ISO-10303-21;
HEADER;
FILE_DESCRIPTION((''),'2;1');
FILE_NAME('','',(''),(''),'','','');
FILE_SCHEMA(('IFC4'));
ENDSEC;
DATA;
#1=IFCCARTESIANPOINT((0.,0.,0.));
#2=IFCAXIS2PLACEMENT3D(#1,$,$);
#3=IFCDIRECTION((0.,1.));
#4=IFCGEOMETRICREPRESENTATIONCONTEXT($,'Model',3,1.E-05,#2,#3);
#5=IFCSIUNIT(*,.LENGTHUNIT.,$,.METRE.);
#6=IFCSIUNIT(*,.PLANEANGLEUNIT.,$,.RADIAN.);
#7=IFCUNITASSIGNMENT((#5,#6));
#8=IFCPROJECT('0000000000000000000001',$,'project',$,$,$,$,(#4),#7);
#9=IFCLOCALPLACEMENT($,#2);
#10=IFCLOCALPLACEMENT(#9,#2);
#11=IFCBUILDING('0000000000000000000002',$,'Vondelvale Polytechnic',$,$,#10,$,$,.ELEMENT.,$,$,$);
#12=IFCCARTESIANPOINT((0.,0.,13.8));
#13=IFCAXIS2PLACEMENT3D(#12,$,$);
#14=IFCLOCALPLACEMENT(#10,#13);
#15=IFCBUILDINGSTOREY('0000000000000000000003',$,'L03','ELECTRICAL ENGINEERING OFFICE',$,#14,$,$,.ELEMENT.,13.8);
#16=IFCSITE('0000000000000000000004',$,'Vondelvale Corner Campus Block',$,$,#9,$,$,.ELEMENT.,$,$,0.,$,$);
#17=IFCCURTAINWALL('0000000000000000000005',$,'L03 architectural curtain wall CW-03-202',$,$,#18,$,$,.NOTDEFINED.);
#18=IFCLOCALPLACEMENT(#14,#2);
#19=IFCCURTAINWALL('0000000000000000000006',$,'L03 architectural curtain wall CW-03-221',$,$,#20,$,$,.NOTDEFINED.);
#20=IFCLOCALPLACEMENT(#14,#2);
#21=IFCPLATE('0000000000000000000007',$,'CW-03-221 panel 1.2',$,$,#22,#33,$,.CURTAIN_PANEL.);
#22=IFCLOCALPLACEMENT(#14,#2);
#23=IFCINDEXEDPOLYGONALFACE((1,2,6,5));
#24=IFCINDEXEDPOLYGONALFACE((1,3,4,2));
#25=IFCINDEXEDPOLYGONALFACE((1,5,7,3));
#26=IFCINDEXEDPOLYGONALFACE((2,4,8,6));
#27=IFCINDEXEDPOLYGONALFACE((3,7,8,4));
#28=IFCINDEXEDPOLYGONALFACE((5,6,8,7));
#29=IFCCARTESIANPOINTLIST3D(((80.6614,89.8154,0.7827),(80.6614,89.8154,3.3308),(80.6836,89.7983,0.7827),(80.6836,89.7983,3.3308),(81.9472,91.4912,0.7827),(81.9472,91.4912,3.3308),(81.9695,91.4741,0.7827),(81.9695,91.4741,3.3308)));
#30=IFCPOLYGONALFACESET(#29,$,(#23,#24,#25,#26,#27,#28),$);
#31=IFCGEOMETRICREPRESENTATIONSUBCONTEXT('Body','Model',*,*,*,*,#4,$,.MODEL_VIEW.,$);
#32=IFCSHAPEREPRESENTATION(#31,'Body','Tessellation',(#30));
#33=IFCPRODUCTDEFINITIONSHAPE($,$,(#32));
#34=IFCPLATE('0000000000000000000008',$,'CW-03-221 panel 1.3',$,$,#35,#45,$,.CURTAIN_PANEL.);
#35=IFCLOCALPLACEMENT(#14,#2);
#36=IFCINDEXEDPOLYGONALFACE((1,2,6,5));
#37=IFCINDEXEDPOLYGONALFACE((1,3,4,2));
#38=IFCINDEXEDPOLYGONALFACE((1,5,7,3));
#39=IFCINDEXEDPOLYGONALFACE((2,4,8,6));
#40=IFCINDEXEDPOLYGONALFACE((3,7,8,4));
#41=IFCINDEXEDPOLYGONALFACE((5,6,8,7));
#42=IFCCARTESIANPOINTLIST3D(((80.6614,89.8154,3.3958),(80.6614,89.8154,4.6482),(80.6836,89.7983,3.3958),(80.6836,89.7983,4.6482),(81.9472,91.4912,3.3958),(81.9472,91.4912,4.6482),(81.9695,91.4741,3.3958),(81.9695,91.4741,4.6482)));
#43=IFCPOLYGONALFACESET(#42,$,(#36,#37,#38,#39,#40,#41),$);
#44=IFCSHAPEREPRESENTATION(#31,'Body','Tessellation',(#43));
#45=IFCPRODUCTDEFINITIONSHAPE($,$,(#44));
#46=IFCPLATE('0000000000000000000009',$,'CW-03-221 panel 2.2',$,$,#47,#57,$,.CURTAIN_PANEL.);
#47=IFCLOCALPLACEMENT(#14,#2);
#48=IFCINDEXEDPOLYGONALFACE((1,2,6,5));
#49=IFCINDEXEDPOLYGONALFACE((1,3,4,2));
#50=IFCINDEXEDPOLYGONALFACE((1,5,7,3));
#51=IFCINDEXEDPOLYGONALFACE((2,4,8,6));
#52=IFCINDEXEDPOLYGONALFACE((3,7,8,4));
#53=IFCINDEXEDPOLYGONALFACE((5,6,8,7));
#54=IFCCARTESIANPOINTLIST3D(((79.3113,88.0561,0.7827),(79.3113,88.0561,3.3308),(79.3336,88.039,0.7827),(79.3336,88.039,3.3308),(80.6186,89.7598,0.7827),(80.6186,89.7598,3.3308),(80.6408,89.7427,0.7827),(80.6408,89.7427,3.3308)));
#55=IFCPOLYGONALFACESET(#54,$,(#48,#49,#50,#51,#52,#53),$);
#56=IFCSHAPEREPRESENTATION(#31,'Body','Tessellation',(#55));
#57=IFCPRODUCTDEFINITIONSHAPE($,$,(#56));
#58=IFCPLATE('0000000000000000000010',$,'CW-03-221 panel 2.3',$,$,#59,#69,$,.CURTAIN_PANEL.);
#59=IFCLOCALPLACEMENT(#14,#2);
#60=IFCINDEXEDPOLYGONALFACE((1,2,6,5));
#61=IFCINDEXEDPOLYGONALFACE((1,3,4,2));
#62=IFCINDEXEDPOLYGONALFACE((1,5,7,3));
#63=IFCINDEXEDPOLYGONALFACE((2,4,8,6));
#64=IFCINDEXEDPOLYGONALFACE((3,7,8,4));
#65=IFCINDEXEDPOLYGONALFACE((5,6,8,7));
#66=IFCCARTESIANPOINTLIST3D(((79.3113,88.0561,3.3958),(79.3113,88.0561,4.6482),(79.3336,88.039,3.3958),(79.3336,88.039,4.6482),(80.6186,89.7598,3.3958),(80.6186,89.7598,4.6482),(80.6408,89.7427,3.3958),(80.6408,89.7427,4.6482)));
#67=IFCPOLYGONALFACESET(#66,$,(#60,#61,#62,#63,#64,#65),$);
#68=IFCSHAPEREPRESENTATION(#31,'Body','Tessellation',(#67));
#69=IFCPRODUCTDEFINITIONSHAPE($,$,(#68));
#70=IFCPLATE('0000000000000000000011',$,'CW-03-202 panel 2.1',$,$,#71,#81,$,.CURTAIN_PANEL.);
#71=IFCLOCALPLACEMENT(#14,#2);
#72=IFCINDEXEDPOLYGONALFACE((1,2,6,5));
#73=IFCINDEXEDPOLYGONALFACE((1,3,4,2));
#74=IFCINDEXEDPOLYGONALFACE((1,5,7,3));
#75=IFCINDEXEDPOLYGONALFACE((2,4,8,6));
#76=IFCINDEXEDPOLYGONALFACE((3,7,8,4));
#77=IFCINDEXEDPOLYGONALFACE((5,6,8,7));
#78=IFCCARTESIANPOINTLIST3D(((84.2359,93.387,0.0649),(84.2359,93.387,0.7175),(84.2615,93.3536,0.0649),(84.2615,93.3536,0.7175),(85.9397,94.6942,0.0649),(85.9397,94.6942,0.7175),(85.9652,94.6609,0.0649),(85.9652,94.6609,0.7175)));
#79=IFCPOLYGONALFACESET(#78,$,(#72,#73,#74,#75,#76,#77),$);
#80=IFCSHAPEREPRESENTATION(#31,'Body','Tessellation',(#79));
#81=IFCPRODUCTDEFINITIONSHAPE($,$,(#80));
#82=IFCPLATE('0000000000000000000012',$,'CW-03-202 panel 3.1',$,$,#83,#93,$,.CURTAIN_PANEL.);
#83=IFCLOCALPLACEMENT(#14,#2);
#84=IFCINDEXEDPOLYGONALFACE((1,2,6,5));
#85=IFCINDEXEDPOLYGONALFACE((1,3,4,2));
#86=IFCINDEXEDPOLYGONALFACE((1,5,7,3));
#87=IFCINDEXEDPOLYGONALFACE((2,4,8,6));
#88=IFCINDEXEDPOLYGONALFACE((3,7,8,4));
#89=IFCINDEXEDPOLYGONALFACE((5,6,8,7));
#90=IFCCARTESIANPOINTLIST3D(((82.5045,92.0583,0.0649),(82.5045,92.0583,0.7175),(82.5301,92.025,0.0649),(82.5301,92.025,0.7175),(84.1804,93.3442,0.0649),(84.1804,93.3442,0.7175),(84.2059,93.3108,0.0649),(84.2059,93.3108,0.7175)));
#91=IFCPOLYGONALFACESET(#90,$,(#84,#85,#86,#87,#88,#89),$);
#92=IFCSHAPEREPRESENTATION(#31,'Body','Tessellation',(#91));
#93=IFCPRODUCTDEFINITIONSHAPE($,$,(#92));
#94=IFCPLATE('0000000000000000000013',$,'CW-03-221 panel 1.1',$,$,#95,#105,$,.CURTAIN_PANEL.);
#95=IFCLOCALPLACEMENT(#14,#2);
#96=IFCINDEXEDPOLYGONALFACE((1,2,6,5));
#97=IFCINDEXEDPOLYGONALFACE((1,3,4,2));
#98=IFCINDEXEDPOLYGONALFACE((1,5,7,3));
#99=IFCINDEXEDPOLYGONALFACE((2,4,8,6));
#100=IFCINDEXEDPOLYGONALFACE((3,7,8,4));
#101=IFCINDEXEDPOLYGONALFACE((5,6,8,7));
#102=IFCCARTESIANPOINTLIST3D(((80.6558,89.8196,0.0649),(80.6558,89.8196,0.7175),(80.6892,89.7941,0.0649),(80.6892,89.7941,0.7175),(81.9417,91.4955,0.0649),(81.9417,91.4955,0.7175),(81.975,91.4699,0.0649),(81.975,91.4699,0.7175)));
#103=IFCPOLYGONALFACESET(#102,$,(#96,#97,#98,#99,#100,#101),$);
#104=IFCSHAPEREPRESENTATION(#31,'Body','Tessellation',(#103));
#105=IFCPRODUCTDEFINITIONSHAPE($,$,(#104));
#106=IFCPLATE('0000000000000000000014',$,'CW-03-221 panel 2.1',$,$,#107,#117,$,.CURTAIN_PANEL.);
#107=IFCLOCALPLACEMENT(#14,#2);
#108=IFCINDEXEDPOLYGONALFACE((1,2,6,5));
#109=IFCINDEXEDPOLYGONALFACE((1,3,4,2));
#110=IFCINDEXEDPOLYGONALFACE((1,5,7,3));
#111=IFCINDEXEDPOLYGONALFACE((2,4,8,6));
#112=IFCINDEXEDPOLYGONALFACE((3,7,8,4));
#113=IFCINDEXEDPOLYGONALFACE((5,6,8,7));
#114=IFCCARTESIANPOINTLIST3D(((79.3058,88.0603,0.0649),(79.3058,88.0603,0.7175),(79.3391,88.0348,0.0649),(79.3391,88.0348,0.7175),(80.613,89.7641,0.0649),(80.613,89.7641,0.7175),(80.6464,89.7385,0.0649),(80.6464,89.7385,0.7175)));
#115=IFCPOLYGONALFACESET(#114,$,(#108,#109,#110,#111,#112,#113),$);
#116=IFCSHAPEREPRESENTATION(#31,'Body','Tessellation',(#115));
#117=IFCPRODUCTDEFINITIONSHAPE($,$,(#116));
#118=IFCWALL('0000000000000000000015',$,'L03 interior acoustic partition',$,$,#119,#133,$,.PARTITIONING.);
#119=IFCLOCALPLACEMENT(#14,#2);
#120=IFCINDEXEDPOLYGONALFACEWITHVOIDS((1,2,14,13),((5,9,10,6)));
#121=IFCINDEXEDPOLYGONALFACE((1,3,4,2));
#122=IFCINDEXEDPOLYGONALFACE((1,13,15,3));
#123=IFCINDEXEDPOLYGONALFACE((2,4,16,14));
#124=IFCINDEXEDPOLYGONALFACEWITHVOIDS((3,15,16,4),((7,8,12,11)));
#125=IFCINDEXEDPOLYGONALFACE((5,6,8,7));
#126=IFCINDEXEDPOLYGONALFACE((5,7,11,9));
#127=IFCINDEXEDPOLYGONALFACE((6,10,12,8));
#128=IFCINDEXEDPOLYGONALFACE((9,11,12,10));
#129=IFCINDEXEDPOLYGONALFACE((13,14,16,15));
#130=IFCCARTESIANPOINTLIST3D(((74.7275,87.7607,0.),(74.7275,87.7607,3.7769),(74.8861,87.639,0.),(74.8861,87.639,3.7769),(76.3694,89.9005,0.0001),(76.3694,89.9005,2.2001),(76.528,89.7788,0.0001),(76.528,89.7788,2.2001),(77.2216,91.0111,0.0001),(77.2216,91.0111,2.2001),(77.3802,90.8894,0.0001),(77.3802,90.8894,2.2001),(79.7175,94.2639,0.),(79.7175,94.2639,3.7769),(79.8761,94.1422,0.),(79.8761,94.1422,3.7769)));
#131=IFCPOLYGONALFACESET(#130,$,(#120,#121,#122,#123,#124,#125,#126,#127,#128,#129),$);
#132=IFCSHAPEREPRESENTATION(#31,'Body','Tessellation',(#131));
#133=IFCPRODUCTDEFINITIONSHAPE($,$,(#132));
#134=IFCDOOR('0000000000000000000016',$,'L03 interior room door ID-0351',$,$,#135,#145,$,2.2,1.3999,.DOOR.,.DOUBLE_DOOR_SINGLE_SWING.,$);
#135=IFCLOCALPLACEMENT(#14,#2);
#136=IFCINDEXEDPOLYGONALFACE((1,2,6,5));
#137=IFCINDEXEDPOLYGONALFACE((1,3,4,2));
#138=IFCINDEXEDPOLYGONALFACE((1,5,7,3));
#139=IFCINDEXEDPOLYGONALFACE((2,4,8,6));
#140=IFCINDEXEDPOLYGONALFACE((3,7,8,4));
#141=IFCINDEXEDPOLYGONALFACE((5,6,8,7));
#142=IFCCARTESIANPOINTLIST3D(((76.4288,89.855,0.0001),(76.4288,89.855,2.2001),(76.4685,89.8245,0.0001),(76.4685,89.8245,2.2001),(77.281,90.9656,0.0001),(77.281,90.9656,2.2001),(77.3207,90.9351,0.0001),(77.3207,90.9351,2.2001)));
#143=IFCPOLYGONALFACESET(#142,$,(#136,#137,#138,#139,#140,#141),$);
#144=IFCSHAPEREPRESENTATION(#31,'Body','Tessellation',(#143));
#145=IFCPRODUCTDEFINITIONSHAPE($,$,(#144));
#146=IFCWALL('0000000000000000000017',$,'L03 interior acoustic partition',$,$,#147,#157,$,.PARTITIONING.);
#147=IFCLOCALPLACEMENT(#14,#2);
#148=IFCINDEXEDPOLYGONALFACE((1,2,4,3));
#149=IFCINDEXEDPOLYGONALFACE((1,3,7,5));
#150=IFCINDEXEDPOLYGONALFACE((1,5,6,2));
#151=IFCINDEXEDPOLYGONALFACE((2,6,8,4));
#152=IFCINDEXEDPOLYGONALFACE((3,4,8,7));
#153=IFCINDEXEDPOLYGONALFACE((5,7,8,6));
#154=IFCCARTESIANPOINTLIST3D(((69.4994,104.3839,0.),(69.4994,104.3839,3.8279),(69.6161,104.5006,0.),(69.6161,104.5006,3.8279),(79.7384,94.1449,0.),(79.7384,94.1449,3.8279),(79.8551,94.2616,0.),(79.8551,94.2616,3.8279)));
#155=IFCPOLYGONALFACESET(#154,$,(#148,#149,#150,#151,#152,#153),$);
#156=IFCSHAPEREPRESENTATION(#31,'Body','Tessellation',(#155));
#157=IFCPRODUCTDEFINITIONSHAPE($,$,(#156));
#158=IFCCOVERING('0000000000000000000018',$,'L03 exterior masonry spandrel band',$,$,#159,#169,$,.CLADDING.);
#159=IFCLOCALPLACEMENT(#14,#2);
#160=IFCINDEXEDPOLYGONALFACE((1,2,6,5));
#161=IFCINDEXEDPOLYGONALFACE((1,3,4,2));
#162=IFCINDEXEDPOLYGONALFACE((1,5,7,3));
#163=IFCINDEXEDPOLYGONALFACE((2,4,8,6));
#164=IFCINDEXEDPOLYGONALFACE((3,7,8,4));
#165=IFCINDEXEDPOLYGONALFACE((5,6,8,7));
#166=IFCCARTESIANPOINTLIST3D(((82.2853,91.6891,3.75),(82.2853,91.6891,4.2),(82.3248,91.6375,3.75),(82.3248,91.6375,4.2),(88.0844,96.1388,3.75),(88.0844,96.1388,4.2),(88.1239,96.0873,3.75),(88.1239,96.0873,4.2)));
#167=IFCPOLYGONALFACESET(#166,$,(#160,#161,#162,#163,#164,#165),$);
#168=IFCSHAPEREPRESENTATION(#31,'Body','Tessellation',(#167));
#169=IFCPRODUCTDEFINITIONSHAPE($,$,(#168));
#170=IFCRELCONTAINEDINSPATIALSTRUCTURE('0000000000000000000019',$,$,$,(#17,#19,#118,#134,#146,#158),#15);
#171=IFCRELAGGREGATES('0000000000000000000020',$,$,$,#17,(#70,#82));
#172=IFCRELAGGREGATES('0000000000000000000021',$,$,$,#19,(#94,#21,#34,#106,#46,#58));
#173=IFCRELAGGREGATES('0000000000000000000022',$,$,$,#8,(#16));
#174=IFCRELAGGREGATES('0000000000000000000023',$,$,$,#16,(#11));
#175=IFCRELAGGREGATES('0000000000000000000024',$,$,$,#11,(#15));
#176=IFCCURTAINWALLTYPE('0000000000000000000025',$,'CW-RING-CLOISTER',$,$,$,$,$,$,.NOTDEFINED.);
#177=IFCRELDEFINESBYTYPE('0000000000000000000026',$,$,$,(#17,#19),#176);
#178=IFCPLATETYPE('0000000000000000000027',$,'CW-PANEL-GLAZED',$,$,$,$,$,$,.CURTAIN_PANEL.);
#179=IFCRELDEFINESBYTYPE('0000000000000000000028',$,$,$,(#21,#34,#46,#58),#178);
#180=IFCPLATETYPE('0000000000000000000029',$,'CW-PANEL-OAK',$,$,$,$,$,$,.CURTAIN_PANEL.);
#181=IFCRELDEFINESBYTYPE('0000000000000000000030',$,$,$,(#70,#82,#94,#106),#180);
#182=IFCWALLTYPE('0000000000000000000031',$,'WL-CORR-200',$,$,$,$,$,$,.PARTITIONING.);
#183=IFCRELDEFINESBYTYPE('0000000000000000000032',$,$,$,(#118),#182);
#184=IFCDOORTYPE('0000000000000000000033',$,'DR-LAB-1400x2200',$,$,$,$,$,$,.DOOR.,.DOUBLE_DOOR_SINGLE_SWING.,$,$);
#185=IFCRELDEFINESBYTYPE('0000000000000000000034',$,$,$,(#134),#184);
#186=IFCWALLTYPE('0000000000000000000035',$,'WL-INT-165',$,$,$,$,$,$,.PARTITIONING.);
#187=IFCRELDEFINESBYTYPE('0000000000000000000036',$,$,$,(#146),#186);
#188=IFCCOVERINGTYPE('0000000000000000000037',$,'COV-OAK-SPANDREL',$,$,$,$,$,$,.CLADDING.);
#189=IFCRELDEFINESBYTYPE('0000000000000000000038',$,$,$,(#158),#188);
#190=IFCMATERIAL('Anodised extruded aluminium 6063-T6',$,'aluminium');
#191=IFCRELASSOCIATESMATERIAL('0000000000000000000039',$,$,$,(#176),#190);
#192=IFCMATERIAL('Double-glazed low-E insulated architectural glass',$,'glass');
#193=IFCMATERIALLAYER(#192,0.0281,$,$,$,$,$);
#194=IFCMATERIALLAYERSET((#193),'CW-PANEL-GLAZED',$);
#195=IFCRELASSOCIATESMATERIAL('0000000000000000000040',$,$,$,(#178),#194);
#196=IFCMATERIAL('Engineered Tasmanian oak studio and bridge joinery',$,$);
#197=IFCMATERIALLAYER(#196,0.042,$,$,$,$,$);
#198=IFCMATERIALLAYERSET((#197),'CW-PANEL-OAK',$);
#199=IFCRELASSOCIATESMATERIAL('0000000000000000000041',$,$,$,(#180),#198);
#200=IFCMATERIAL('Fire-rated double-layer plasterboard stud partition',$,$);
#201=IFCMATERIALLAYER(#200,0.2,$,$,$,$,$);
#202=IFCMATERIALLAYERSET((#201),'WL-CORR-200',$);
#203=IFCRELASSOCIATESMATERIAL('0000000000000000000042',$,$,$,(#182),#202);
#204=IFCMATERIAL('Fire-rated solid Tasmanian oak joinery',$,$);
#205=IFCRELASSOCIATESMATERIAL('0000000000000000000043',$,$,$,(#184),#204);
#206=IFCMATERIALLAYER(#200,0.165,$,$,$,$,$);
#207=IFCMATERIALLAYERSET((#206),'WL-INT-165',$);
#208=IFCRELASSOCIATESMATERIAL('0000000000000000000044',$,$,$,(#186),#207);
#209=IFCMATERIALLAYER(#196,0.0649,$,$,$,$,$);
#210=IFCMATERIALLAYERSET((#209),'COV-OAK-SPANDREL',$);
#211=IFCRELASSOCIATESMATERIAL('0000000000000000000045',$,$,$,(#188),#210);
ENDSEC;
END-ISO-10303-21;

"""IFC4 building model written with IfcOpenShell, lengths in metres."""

from ifc_helpers import new_model, si_unit, direction, frame, frame_2d, origin, origin_2d, place, context, subcontext, project, spatial, rectangle, extrude, material, layer, layer_set, type_object, element, fill, aggregate, save


model = new_model("IFC4")

# Units and contexts
model_context = context("Model", 3, precision=1e-05, world=origin(), true_north=direction((0.0, 1.0)))
body_context = subcontext(model_context, "Body", "Model", "MODEL_VIEW")
ifc_project = project(units=[si_unit("LENGTHUNIT", "METRE"), si_unit("PLANEANGLEUNIT", "RADIAN")], contexts=[model_context])

# Site, building, storey
site_placement = place(None, origin())
site = spatial("IfcSite", under=ifc_project, at=site_placement, Name="Vondelvale Corner Campus Block", CompositionType="ELEMENT", RefElevation=0.0)
building_placement = place(site_placement, origin())
building = spatial("IfcBuilding", under=site, at=building_placement, Name="Vondelvale Polytechnic", CompositionType="ELEMENT")
storey_placement = place(building_placement, frame((0.0, 0.0, 13.8)))
storey = spatial("IfcBuildingStorey", under=building, at=storey_placement, Name="L03", Description="ELECTRICAL ENGINEERING OFFICE", CompositionType="ELEMENT", Elevation=13.8)

# Curtain walls
ifc_material_1 = material(Name="Anodised extruded aluminium 6063-T6", Category="aluminium")
curtain_wall_type = type_object("IfcCurtainWallType", Name="CW-RING-CLOISTER", PredefinedType="NOTDEFINED", material=ifc_material_1)
curtain_wall_1_placement = place(storey_placement, origin())
curtain_wall_1 = element("IfcCurtainWall", 1, at=curtain_wall_1_placement, inside=storey, type_object=curtain_wall_type, Name="L03 architectural curtain wall CW-03-202", PredefinedType="NOTDEFINED")
curtain_wall_2_placement = place(storey_placement, origin())
curtain_wall_2 = element("IfcCurtainWall", 2, at=curtain_wall_2_placement, inside=storey, type_object=curtain_wall_type, Name="L03 architectural curtain wall CW-03-221", PredefinedType="NOTDEFINED")

# Plates
ifc_material_2 = material(Name="Double-glazed low-E insulated architectural glass", Category="glass")
ifc_layer_1 = layer(ifc_material_2, 0.0281)
ifc_layer_set_1 = layer_set([ifc_layer_1], Name="CW-PANEL-GLAZED")
plate_type_1 = type_object("IfcPlateType", Name="CW-PANEL-GLAZED", PredefinedType="CURTAIN_PANEL", material=ifc_layer_set_1)
plate_1_placement = place(storey_placement, frame((81.3154, 90.6448, 0.7827), z_axis=(0.0, 0.0, 1.0), x_axis=(-0.608748, -0.793364, 0.0)))
plate_1 = element("IfcPlate", 3, at=plate_1_placement, type_object=plate_type_1, Name="CW-03-221 panel 1.2", PredefinedType="CURTAIN_PANEL", context=body_context, shape_type="SweptSolid", body=[
    extrude(rectangle(XDim=2.1123, YDim=0.0281, at=origin_2d()), origin(), (0.0, 0.0, 1.0), 2.5481),
])
plate_2_placement = place(storey_placement, frame((81.3154, 90.6448, 3.3958), z_axis=(0.0, 0.0, 1.0), x_axis=(-0.608748, -0.793364, 0.0)))
plate_2 = element("IfcPlate", 4, at=plate_2_placement, type_object=plate_type_1, Name="CW-03-221 panel 1.3", PredefinedType="CURTAIN_PANEL", context=body_context, shape_type="SweptSolid", body=[
    extrude(rectangle(XDim=2.1123, YDim=0.0281, at=origin_2d()), origin(), (0.0, 0.0, 1.0), 1.2524),
])
plate_3_placement = place(storey_placement, frame((79.9761, 88.8994, 0.7827), z_axis=(0.0, 0.0, 1.0), x_axis=(-0.608748, -0.793364, 0.0)))
plate_3 = element("IfcPlate", 5, at=plate_3_placement, type_object=plate_type_1, Name="CW-03-221 panel 2.2", PredefinedType="CURTAIN_PANEL", context=body_context, shape_type="SweptSolid", body=[
    extrude(rectangle(XDim=2.1475, YDim=0.0281, at=origin_2d()), origin(), (0.0, 0.0, 1.0), 2.5481),
])
plate_4_placement = place(storey_placement, frame((79.9761, 88.8994, 3.3958), z_axis=(0.0, 0.0, 1.0), x_axis=(-0.608748, -0.793364, 0.0)))
plate_4 = element("IfcPlate", 6, at=plate_4_placement, type_object=plate_type_1, Name="CW-03-221 panel 2.3", PredefinedType="CURTAIN_PANEL", context=body_context, shape_type="SweptSolid", body=[
    extrude(rectangle(XDim=2.1475, YDim=0.0281, at=origin_2d()), origin(), (0.0, 0.0, 1.0), 1.2524),
])
ifc_material_3 = material(Name="Engineered Tasmanian oak studio and bridge joinery")
ifc_layer_2 = layer(ifc_material_3, 0.042)
ifc_layer_set_2 = layer_set([ifc_layer_2], Name="CW-PANEL-OAK")
plate_type_2 = type_object("IfcPlateType", Name="CW-PANEL-OAK", PredefinedType="CURTAIN_PANEL", material=ifc_layer_set_2)
plate_5_placement = place(storey_placement, frame((85.1006, 94.0239, 0.0649), z_axis=(0.0, 0.0, 1.0), x_axis=(-0.793364, -0.608748, 0.0)))
plate_5 = element("IfcPlate", 7, at=plate_5_placement, type_object=plate_type_2, Name="CW-03-202 panel 2.1", PredefinedType="CURTAIN_PANEL", context=body_context, shape_type="SweptSolid", body=[
    extrude(rectangle(XDim=2.1475, YDim=0.042, at=origin_2d()), origin(), (0.0, 0.0, 1.0), 0.6526),
])
plate_6_placement = place(storey_placement, frame((83.3552, 92.6846, 0.0649), z_axis=(0.0, 0.0, 1.0), x_axis=(-0.793364, -0.608748, 0.0)))
plate_6 = element("IfcPlate", 8, at=plate_6_placement, type_object=plate_type_2, Name="CW-03-202 panel 3.1", PredefinedType="CURTAIN_PANEL", context=body_context, shape_type="SweptSolid", body=[
    extrude(rectangle(XDim=2.1123, YDim=0.042, at=origin_2d()), origin(), (0.0, 0.0, 1.0), 0.6526),
])
aggregate(curtain_wall_1, [plate_5, plate_6])
plate_7_placement = place(storey_placement, frame((81.3154, 90.6448, 0.0649), z_axis=(0.0, 0.0, 1.0), x_axis=(-0.608748, -0.793364, 0.0)))
plate_7 = element("IfcPlate", 9, at=plate_7_placement, type_object=plate_type_2, Name="CW-03-221 panel 1.1", PredefinedType="CURTAIN_PANEL", context=body_context, shape_type="SweptSolid", body=[
    extrude(rectangle(XDim=2.1123, YDim=0.042, at=origin_2d()), origin(), (0.0, 0.0, 1.0), 0.6526),
])
plate_8_placement = place(storey_placement, frame((79.9761, 88.8994, 0.0649), z_axis=(0.0, 0.0, 1.0), x_axis=(-0.608748, -0.793364, 0.0)))
plate_8 = element("IfcPlate", 10, at=plate_8_placement, type_object=plate_type_2, Name="CW-03-221 panel 2.1", PredefinedType="CURTAIN_PANEL", context=body_context, shape_type="SweptSolid", body=[
    extrude(rectangle(XDim=2.1475, YDim=0.042, at=origin_2d()), origin(), (0.0, 0.0, 1.0), 0.6526),
])
aggregate(curtain_wall_2, [plate_7, plate_1, plate_2, plate_8, plate_3, plate_4])

# Wall, opening, door
ifc_material_4 = material(Name="Fire-rated double-layer plasterboard stud partition")
ifc_layer_3 = layer(ifc_material_4, 0.2)
ifc_layer_set_3 = layer_set([ifc_layer_3], Name="WL-CORR-200")
wall_type_1 = type_object("IfcWallType", Name="WL-CORR-200", PredefinedType="PARTITIONING", material=ifc_layer_set_3)
wall_1_placement = place(storey_placement, frame((79.7969, 94.2031, 0.0), z_axis=(0.0, 0.0, 1.0), x_axis=(-0.608756, -0.793357, 0.0)))
wall_1 = element("IfcWall", 11, at=wall_1_placement, inside=storey, type_object=wall_type_1, Name="L03 interior acoustic partition", PredefinedType="PARTITIONING", context=body_context, shape_type="SweptSolid", body=[
    extrude(rectangle(XDim=8.197, YDim=0.2, at=frame_2d((4.0986, 0.0))), origin(), (0.0, 0.0, 1.0), 3.7769),
])
opening_placement = place(wall_1_placement, frame((4.1001, 0.0, 0.0)))
opening = element("IfcOpeningElement", 12, at=opening_placement, cuts=wall_1, PredefinedType="OPENING", context=body_context, shape_type="SweptSolid", body=[
    extrude(rectangle(XDim=1.3999, YDim=2.2, at=frame_2d((0.7, 1.1001))), frame((0.0, 0.1099, 0.0), z_axis=(0.0, -1.0, 0.0), x_axis=(1.0, 0.0, 0.0)), (0.0, 0.0, 1.0), 0.22),
])
ifc_material_5 = material(Name="Fire-rated solid Tasmanian oak joinery")
door_type = type_object("IfcDoorType", Name="DR-LAB-1400x2200", OperationType="DOUBLE_DOOR_SINGLE_SWING", PredefinedType="DOOR", material=ifc_material_5)
door_placement = place(opening_placement, origin())
door = element("IfcDoor", 13, at=door_placement, inside=storey, type_object=door_type, Name="L03 interior room door ID-0351", OperationType="DOUBLE_DOOR_SINGLE_SWING", OverallHeight=2.2, OverallWidth=1.3999, PredefinedType="DOOR", context=body_context, shape_type="SweptSolid", body=[
    extrude(rectangle(XDim=1.3999, YDim=2.2, at=frame_2d((0.7, 1.1001))), frame((0.0, 0.0249, 0.0), z_axis=(0.0, -1.0, 0.0), x_axis=(1.0, 0.0, 0.0)), (0.0, 0.0, 1.0), 0.05),
])
fill(opening, door)

# Wall
ifc_layer_4 = layer(ifc_material_4, 0.165)
ifc_layer_set_4 = layer_set([ifc_layer_4], Name="WL-INT-165")
wall_type_2 = type_object("IfcWallType", Name="WL-INT-165", PredefinedType="PARTITIONING", material=ifc_layer_set_4)
wall_2_placement = place(storey_placement, frame((79.7969, 94.2031, 0.0), z_axis=(0.0, 0.0, 1.0), x_axis=(-0.707107, 0.707107, 0.0)))
element("IfcWall", 14, at=wall_2_placement, inside=storey, type_object=wall_type_2, Name="L03 interior acoustic partition", PredefinedType="PARTITIONING", context=body_context, shape_type="SweptSolid", body=[
    extrude(rectangle(XDim=14.4802, YDim=0.165, at=frame_2d((7.2402, 0.0))), origin(), (0.0, 0.0, 1.0), 3.8279),
])

# Covering
ifc_layer_5 = layer(ifc_material_3, 0.0649)
ifc_layer_set_5 = layer_set([ifc_layer_5], Name="COV-OAK-SPANDREL")
covering_type = type_object("IfcCoveringType", Name="COV-OAK-SPANDREL", PredefinedType="CLADDING", material=ifc_layer_set_5)
covering_placement = place(storey_placement, frame((85.2046, 93.8882, 3.75), z_axis=(0.0, 0.0, 1.0), x_axis=(-0.793353, -0.608761, 0.0)))
element("IfcCovering", 15, at=covering_placement, inside=storey, type_object=covering_type, Name="L03 exterior masonry spandrel band", PredefinedType="CLADDING", context=body_context, shape_type="SweptSolid", body=[
    extrude(rectangle(XDim=7.3096, YDim=0.0649, at=origin_2d()), origin(), (0.0, 0.0, 1.0), 0.45),
])

save(model, "model.ifc")
